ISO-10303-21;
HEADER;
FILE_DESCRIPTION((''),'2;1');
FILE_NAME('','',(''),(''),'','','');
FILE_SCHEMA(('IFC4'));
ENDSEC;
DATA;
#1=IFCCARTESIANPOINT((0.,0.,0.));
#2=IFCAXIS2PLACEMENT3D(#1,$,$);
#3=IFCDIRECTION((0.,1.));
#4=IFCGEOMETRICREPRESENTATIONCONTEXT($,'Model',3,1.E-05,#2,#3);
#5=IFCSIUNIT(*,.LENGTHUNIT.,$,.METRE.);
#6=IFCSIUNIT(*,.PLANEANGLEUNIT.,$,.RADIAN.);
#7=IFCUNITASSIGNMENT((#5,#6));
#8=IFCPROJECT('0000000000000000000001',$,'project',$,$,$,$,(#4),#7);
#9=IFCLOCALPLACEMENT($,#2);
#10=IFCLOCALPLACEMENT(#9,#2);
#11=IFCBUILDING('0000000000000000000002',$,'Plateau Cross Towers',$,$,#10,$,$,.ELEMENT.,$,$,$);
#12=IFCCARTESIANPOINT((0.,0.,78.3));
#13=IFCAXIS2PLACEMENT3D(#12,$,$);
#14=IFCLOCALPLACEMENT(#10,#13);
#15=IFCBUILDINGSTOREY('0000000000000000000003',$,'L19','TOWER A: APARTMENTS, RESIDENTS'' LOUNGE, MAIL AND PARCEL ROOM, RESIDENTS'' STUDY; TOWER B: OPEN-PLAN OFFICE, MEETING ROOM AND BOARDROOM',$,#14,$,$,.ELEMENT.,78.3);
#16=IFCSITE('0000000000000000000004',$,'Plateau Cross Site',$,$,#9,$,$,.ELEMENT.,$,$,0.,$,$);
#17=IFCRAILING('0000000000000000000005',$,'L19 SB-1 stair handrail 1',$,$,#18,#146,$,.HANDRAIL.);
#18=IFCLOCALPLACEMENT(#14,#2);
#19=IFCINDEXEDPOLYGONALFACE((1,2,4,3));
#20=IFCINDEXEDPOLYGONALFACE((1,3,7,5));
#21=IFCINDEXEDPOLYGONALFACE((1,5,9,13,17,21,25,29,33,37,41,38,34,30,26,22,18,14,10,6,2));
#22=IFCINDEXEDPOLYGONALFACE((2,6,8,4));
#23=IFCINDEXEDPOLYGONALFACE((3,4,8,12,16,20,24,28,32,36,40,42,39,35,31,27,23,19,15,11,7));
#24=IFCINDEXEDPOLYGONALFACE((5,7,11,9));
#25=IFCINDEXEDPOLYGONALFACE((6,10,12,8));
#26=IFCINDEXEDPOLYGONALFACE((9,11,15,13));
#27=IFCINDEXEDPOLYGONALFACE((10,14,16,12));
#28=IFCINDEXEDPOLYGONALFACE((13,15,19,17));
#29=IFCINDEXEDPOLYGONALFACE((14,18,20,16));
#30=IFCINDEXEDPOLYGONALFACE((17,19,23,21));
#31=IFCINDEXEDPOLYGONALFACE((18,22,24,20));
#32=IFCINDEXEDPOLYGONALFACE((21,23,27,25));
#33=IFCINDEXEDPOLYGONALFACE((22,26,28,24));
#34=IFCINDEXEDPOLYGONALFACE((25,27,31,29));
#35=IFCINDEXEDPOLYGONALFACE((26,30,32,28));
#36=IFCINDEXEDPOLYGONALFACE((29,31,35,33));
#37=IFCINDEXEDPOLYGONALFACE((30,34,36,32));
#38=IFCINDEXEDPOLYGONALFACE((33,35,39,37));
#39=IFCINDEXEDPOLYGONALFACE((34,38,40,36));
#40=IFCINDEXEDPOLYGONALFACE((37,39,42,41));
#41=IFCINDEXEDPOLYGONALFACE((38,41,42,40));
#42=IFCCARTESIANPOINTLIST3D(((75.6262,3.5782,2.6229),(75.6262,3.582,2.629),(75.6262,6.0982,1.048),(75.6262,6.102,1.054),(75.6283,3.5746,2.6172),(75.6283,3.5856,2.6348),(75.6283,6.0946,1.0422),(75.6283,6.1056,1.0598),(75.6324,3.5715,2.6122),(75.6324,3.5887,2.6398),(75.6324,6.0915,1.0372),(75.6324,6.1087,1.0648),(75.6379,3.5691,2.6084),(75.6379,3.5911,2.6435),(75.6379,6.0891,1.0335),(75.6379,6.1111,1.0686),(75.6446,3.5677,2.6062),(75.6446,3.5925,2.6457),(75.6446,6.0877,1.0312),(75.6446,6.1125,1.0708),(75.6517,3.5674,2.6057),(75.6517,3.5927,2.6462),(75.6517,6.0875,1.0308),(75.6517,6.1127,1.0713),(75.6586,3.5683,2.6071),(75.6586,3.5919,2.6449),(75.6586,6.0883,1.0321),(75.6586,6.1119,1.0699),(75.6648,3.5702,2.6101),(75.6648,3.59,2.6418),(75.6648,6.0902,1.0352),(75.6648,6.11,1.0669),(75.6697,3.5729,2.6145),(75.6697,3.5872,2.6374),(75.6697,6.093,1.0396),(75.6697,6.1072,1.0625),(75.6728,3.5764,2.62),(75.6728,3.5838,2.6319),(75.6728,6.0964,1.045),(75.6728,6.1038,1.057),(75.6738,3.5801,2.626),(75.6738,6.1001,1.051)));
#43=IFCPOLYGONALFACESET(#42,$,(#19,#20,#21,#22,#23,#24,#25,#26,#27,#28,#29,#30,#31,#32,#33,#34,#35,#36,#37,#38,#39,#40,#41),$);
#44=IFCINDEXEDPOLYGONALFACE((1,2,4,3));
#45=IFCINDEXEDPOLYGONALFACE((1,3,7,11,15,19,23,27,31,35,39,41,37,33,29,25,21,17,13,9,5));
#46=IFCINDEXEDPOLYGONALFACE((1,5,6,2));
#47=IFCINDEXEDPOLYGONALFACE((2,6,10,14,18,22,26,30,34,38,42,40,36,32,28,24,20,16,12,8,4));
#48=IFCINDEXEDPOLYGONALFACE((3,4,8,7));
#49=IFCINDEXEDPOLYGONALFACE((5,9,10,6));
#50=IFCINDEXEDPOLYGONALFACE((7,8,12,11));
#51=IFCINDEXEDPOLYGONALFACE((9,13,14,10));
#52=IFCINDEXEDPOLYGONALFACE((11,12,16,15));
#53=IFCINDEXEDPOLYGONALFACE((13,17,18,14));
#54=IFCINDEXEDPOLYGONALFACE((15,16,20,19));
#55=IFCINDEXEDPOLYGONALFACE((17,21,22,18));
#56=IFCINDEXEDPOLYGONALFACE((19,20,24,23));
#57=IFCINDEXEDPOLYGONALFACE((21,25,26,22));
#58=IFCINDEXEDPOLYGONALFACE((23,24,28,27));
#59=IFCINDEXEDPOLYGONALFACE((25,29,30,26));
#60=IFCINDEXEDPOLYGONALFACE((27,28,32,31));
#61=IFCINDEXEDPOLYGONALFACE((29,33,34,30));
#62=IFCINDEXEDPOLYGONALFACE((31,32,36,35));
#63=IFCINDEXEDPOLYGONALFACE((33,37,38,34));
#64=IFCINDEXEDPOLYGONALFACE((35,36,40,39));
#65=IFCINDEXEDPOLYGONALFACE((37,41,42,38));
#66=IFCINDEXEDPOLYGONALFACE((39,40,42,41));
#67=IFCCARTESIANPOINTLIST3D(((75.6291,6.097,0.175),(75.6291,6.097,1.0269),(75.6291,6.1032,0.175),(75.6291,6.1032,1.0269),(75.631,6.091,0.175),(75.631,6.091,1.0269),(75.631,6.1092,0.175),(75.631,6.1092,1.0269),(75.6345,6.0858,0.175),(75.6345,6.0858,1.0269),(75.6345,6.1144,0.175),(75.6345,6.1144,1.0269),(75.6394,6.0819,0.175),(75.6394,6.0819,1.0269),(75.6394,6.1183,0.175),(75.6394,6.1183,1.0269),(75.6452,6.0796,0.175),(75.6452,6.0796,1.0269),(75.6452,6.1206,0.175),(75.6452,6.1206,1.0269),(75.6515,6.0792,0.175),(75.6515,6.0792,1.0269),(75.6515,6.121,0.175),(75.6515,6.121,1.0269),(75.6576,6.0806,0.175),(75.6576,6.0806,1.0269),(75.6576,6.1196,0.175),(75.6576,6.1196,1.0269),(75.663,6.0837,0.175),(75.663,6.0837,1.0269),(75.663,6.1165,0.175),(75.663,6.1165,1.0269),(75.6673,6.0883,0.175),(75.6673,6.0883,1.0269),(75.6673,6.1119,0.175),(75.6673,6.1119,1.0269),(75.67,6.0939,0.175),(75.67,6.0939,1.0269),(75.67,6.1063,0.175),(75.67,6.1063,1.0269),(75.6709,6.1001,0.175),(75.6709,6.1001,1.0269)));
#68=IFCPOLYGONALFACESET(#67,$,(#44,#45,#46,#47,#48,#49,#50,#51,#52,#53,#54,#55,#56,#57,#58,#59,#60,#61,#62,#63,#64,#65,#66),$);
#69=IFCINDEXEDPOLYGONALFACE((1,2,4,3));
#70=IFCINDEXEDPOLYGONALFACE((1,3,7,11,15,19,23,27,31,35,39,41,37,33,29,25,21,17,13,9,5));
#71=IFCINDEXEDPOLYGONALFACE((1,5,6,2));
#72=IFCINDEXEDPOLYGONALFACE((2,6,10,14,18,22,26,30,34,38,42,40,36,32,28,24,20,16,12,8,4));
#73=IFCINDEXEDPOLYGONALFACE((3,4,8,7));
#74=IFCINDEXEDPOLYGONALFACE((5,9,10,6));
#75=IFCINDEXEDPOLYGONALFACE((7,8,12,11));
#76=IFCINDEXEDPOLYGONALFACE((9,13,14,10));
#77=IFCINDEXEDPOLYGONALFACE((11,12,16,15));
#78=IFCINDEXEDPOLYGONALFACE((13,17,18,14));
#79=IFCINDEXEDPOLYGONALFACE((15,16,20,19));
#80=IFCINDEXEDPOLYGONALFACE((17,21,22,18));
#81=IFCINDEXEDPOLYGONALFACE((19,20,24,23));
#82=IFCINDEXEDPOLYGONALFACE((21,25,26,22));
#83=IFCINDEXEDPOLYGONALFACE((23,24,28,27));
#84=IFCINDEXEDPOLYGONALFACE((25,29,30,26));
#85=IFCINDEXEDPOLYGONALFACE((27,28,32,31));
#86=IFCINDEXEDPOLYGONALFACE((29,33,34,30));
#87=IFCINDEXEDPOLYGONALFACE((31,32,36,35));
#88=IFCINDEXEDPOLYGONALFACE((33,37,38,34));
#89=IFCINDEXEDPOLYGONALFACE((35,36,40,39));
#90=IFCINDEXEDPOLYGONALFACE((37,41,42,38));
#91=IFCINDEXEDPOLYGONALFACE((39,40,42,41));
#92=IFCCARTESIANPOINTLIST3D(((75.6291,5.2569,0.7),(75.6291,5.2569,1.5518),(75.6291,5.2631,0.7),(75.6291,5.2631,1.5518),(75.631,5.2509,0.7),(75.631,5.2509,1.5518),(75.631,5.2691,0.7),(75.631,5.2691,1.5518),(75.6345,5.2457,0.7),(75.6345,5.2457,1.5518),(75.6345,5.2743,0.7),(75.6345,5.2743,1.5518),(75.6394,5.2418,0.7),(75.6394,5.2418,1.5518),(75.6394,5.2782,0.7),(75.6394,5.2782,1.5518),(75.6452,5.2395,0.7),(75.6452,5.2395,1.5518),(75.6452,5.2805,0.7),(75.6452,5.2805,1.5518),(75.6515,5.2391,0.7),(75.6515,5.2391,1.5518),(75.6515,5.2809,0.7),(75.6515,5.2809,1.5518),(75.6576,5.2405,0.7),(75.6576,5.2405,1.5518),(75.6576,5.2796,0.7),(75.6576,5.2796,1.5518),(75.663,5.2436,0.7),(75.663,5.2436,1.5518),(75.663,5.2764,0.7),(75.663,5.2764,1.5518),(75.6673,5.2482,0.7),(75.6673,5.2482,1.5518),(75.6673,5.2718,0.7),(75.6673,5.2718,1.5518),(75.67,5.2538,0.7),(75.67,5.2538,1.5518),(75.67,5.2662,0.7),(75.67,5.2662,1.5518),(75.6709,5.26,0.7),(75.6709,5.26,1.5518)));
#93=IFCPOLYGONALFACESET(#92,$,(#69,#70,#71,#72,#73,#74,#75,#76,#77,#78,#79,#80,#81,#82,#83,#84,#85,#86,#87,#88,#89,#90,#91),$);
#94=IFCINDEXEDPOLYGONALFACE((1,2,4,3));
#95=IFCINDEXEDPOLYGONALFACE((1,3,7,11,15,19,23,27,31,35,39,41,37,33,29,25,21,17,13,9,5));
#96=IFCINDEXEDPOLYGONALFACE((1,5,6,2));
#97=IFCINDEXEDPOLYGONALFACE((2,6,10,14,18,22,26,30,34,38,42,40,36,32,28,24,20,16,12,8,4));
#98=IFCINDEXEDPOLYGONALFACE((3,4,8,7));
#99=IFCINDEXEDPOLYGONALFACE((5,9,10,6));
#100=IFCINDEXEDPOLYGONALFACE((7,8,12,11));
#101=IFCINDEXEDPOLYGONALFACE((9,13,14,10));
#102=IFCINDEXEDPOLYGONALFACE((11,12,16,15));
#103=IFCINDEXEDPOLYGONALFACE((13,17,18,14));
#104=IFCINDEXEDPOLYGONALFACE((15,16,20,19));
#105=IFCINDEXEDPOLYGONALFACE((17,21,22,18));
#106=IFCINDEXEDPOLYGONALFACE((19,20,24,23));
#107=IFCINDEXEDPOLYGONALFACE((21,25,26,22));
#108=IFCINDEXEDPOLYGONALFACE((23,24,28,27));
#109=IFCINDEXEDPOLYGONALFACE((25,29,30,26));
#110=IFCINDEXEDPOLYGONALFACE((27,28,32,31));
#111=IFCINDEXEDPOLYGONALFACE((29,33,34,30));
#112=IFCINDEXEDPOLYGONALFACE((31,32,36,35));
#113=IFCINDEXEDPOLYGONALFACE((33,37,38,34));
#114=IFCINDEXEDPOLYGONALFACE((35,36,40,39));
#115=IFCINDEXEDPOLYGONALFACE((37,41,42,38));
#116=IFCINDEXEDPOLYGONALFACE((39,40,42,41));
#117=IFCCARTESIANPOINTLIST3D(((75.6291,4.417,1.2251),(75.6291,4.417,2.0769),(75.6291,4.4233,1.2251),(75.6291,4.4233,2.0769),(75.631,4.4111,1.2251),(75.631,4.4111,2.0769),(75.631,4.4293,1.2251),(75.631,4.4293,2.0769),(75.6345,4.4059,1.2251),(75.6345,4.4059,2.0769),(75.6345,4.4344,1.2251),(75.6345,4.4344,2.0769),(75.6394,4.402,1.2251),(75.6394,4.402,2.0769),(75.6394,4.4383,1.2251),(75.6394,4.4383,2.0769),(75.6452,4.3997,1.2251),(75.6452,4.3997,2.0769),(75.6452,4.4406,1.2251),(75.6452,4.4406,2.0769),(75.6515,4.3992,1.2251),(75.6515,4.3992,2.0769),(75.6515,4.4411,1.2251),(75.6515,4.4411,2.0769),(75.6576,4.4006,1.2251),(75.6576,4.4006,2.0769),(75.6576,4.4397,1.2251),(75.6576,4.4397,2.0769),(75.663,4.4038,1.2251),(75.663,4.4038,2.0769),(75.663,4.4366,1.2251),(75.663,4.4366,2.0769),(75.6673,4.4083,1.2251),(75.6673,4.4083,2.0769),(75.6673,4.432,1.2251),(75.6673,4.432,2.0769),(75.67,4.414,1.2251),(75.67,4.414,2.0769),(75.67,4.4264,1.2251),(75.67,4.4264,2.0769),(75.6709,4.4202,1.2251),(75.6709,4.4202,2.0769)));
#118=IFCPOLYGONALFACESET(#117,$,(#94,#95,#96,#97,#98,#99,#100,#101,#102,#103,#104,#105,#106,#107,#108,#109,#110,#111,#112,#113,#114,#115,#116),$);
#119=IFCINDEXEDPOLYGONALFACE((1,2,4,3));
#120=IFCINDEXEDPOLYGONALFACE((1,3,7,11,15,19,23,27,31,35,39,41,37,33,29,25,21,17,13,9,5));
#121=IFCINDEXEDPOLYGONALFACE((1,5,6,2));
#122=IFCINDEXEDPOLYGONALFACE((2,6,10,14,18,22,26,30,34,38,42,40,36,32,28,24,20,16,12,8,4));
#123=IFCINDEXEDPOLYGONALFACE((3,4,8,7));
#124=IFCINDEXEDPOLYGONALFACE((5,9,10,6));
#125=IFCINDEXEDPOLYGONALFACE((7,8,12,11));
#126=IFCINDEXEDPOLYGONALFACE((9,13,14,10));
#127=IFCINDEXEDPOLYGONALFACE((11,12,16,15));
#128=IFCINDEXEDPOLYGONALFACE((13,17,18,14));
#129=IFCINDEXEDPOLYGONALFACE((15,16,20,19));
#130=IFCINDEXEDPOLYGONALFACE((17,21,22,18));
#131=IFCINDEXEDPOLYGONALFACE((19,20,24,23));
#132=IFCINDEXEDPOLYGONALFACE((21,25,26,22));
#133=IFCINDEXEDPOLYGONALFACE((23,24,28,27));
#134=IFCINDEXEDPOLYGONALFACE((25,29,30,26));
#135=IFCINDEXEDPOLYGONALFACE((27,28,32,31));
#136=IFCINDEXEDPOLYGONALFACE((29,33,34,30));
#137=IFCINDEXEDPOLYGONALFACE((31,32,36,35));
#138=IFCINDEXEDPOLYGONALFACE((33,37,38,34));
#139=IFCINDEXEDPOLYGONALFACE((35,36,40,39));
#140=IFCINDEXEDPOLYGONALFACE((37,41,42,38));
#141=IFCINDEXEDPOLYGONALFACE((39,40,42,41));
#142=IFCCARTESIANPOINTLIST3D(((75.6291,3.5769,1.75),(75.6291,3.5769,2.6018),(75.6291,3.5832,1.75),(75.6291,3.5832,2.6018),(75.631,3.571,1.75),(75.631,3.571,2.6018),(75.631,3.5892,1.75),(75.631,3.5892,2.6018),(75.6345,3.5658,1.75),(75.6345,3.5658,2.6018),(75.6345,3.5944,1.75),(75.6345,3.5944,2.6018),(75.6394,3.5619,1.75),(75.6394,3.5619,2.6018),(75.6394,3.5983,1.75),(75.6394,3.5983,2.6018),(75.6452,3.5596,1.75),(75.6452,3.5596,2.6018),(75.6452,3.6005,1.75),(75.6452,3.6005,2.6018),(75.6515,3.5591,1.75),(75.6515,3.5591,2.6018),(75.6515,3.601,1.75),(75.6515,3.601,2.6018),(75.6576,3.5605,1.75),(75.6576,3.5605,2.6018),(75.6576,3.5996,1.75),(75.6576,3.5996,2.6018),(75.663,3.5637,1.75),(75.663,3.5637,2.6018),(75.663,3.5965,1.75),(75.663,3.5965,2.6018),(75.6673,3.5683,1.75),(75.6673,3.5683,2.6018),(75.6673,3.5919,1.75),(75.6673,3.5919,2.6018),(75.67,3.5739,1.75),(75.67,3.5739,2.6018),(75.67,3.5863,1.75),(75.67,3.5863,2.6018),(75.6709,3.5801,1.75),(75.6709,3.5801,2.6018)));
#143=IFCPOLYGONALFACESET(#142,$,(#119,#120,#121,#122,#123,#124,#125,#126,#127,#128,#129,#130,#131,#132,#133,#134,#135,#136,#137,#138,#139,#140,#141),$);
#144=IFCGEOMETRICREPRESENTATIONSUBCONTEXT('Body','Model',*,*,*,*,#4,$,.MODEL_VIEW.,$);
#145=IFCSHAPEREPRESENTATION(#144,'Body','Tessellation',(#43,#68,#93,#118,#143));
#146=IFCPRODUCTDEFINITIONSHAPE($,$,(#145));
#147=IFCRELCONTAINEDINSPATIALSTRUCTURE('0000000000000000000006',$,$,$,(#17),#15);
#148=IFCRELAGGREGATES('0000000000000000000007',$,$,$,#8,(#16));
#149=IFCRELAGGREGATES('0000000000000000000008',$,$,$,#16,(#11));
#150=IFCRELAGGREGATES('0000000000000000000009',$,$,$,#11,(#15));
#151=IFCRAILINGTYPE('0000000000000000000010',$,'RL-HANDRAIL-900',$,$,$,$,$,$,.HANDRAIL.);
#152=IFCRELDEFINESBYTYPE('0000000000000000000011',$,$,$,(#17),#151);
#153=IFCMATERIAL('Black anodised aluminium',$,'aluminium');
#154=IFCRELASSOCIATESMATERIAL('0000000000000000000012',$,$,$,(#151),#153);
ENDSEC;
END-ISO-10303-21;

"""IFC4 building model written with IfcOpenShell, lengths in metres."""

from ifc_helpers import new_model, si_unit, direction, frame, origin, origin_2d, place, context, subcontext, project, spatial, circle, extrude, material, type_object, element, save


model = new_model("IFC4")

# Units and contexts
model_context = context("Model", 3, precision=1e-05, world=origin(), true_north=direction((0.0, 1.0)))
body_context = subcontext(model_context, "Body", "Model", "MODEL_VIEW")
ifc_project = project(units=[si_unit("LENGTHUNIT", "METRE"), si_unit("PLANEANGLEUNIT", "RADIAN")], contexts=[model_context])

# Site, building, storey
site_placement = place(None, origin())
site = spatial("IfcSite", under=ifc_project, at=site_placement, Name="Plateau Cross Site", CompositionType="ELEMENT", RefElevation=0.0)
building_placement = place(site_placement, origin())
building = spatial("IfcBuilding", under=site, at=building_placement, Name="Plateau Cross Towers", CompositionType="ELEMENT")
storey_placement = place(building_placement, frame((0.0, 0.0, 78.3)))
storey = spatial("IfcBuildingStorey", under=building, at=storey_placement, Name="L19", Description="TOWER A: APARTMENTS, RESIDENTS' LOUNGE, MAIL AND PARCEL ROOM, RESIDENTS' STUDY; TOWER B: OPEN-PLAN OFFICE, MEETING ROOM AND BOARDROOM", CompositionType="ELEMENT", Elevation=78.3)

# Shared definitions
ifc_material_1 = material(Name="Black anodised aluminium", Category="aluminium")

# Railing
railing_type_1 = type_object("IfcRailingType", Name="RL-HANDRAIL-900", PredefinedType="HANDRAIL", material=ifc_material_1)
railing_1_placement = place(storey_placement, frame((75.6499, 6.1001, 0.175)))
element("IfcRailing", 1, at=railing_1_placement, inside=storey, type_object=railing_type_1, Name="L19 SB-1 stair handrail 1", PredefinedType="HANDRAIL", context=body_context, shape_type="SweptSolid", body=[
    extrude(circle(Radius=0.0239, at=origin_2d()), frame((0.0, 0.0, 0.876), z_axis=(0.0, -0.848008, 0.529984), x_axis=(1.0, 0.0, 0.0)), (0.0, 0.0, 1.0), 2.9717),
    extrude(circle(Radius=0.021, at=origin_2d()), origin(), (0.0, 0.0, 1.0), 0.8518),
    extrude(circle(Radius=0.021, at=origin_2d()), frame((0.0, -0.8401, 0.5249)), (0.0, 0.0, 1.0), 0.8518),
    extrude(circle(Radius=0.021, at=origin_2d()), frame((0.0, -1.6799, 1.05)), (0.0, 0.0, 1.0), 0.8518),
    extrude(circle(Radius=0.021, at=origin_2d()), frame((0.0, -2.52, 1.575)), (0.0, 0.0, 1.0), 0.8518),
])

save(model, "model.ifc")
